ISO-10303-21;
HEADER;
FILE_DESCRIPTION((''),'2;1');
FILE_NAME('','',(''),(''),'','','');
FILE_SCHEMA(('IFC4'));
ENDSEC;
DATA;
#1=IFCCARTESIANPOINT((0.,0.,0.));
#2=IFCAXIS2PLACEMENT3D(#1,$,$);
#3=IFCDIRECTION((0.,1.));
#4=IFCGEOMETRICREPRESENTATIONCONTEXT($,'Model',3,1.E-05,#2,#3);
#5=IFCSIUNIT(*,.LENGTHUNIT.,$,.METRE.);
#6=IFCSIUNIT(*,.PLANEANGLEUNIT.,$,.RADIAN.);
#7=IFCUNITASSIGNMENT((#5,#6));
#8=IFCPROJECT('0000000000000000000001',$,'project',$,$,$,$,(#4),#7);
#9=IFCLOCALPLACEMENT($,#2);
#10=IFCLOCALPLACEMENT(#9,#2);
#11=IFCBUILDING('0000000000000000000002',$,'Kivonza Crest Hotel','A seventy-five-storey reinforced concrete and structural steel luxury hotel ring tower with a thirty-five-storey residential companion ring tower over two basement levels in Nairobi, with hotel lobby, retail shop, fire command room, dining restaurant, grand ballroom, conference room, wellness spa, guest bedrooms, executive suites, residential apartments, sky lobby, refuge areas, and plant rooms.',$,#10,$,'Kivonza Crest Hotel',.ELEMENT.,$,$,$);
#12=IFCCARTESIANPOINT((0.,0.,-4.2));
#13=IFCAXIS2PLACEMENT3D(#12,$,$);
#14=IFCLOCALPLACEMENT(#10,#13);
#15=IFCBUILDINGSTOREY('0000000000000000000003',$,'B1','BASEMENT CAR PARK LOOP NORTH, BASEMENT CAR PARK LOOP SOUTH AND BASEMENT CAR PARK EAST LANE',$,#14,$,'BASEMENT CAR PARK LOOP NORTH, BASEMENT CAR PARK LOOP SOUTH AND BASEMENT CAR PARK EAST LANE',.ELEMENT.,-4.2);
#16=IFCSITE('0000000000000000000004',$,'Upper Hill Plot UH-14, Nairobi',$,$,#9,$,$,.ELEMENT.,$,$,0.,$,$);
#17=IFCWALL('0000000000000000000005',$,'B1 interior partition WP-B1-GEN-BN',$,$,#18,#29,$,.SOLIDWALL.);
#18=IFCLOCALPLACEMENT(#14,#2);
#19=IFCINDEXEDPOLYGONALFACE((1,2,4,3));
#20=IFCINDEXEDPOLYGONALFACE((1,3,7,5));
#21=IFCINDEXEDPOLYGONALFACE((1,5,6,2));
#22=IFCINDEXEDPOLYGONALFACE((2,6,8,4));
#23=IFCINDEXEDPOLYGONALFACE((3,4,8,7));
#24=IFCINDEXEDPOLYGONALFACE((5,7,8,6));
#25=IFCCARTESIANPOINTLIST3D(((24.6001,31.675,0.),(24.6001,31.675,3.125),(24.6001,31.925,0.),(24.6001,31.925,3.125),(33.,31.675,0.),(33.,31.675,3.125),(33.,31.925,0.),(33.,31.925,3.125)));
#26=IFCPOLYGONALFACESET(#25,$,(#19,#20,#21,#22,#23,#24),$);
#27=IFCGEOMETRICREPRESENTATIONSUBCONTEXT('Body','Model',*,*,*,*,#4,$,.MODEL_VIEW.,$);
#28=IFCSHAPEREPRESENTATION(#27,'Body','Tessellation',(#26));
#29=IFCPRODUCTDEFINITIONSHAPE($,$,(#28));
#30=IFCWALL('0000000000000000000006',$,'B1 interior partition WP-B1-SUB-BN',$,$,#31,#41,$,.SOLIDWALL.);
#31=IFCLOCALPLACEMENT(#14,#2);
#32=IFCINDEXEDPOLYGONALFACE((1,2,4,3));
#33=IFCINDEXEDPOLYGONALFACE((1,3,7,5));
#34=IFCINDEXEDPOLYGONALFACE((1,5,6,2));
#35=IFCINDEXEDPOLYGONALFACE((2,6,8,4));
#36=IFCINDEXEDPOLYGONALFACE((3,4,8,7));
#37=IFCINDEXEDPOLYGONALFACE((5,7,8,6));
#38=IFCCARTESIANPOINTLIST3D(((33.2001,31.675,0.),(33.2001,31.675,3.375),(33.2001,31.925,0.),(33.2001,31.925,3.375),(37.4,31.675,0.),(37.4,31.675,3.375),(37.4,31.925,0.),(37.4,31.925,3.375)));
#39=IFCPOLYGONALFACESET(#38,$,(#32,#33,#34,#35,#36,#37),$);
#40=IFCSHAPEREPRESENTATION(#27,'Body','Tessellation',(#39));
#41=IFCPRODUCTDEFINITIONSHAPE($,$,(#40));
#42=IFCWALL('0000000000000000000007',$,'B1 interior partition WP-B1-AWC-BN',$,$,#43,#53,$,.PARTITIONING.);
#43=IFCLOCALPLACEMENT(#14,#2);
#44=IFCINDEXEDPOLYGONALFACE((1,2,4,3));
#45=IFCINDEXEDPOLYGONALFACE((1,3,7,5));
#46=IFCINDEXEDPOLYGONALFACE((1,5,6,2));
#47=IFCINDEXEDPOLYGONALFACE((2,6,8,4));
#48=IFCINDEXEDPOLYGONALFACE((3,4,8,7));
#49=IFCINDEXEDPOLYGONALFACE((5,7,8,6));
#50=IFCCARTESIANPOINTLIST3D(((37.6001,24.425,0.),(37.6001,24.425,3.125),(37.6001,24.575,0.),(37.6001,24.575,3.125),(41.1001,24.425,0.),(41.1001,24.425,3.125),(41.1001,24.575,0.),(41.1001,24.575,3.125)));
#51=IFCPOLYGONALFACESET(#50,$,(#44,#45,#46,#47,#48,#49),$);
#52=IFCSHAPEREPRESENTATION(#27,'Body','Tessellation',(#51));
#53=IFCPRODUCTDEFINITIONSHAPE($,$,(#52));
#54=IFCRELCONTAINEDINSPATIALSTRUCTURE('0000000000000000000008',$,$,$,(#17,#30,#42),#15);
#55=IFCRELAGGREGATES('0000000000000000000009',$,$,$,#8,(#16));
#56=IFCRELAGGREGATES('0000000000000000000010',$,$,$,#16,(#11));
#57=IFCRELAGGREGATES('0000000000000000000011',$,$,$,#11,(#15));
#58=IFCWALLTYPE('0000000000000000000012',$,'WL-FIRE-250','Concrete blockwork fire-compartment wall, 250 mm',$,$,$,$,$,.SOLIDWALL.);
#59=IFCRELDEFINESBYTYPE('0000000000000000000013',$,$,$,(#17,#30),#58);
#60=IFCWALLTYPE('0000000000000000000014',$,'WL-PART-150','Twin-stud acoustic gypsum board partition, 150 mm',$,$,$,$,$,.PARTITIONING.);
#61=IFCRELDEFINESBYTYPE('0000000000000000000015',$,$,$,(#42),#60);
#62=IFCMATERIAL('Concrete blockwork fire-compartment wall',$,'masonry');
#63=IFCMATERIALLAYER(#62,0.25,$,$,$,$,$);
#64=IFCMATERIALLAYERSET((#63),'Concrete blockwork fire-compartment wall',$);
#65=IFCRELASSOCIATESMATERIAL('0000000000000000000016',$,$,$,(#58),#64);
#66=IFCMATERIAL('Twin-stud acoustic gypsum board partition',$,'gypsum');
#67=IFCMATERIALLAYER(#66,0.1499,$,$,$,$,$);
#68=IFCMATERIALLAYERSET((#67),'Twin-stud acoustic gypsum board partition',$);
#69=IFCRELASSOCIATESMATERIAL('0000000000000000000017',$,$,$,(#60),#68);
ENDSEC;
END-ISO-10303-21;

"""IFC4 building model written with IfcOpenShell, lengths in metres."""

from ifc_helpers import new_model, si_unit, direction, frame, frame_2d, origin, place, context, subcontext, project, spatial, rectangle, extrude, material, layer, layer_set, type_object, element, save


model = new_model("IFC4")

# Units and contexts
model_context = context("Model", 3, precision=1e-05, world=origin(), true_north=direction((0.0, 1.0)))
body_context = subcontext(model_context, "Body", "Model", "MODEL_VIEW")
ifc_project = project(units=[si_unit("LENGTHUNIT", "METRE"), si_unit("PLANEANGLEUNIT", "RADIAN")], contexts=[model_context])

# Site, building, storey
site_placement = place(None, origin())
site = spatial("IfcSite", under=ifc_project, at=site_placement, Name="Upper Hill Plot UH-14, Nairobi", CompositionType="ELEMENT", RefElevation=0.0)
building_placement = place(site_placement, origin())
building = spatial("IfcBuilding", under=site, at=building_placement, Name="Kivonza Crest Hotel", Description="A seventy-five-storey reinforced concrete and structural steel luxury hotel ring tower with a thirty-five-storey residential companion ring tower over two basement levels in Nairobi, with hotel lobby, retail shop, fire command room, dining restaurant, grand ballroom, conference room, wellness spa, guest bedrooms, executive suites, residential apartments, sky lobby, refuge areas, and plant rooms.", LongName="Kivonza Crest Hotel", CompositionType="ELEMENT")
storey_placement = place(building_placement, frame((0.0, 0.0, -4.2)))
storey = spatial("IfcBuildingStorey", under=building, at=storey_placement, Name="B1", Description="BASEMENT CAR PARK LOOP NORTH, BASEMENT CAR PARK LOOP SOUTH AND BASEMENT CAR PARK EAST LANE", LongName="BASEMENT CAR PARK LOOP NORTH, BASEMENT CAR PARK LOOP SOUTH AND BASEMENT CAR PARK EAST LANE", CompositionType="ELEMENT", Elevation=-4.2)

# Walls
ifc_material_1 = material(Name="Concrete blockwork fire-compartment wall", Category="masonry")
ifc_layer_1 = layer(ifc_material_1, 0.25)
ifc_layer_set_1 = layer_set([ifc_layer_1], Name="Concrete blockwork fire-compartment wall")
wall_type_1 = type_object("IfcWallType", Name="WL-FIRE-250", Description="Concrete blockwork fire-compartment wall, 250 mm", PredefinedType="SOLIDWALL", material=ifc_layer_set_1)
wall_1_placement = place(storey_placement, frame((24.6001, 31.8, 0.0), z_axis=(0.0, 0.0, 1.0), x_axis=(1.0, 0.0, 0.0)))
element("IfcWall", 1, at=wall_1_placement, inside=storey, type_object=wall_type_1, Name="B1 interior partition WP-B1-GEN-BN", PredefinedType="SOLIDWALL", context=body_context, shape_type="SweptSolid", body=[
    extrude(rectangle(XDim=8.3999, YDim=0.25, at=frame_2d((4.2, 0.0))), origin(), (0.0, 0.0, 1.0), 3.125),
])
wall_2_placement = place(storey_placement, frame((33.2, 31.8, 0.0), z_axis=(0.0, 0.0, 1.0), x_axis=(1.0, 0.0, 0.0)))
element("IfcWall", 2, at=wall_2_placement, inside=storey, type_object=wall_type_1, Name="B1 interior partition WP-B1-SUB-BN", PredefinedType="SOLIDWALL", context=body_context, shape_type="SweptSolid", body=[
    extrude(rectangle(XDim=4.2, YDim=0.25, at=frame_2d((2.1001, 0.0))), origin(), (0.0, 0.0, 1.0), 3.375),
])
ifc_material_2 = material(Name="Twin-stud acoustic gypsum board partition", Category="gypsum")
ifc_layer_2 = layer(ifc_material_2, 0.1499)
ifc_layer_set_2 = layer_set([ifc_layer_2], Name="Twin-stud acoustic gypsum board partition")
wall_type_2 = type_object("IfcWallType", Name="WL-PART-150", Description="Twin-stud acoustic gypsum board partition, 150 mm", PredefinedType="PARTITIONING", material=ifc_layer_set_2)
wall_3_placement = place(storey_placement, frame((37.6001, 24.5, 0.0), z_axis=(0.0, 0.0, 1.0), x_axis=(1.0, 0.0, 0.0)))
element("IfcWall", 3, at=wall_3_placement, inside=storey, type_object=wall_type_2, Name="B1 interior partition WP-B1-AWC-BN", PredefinedType="PARTITIONING", context=body_context, shape_type="SweptSolid", body=[
    extrude(rectangle(XDim=3.5, YDim=0.1499, at=frame_2d((1.75, 0.0))), origin(), (0.0, 0.0, 1.0), 3.125),
])

save(model, "model.ifc")
